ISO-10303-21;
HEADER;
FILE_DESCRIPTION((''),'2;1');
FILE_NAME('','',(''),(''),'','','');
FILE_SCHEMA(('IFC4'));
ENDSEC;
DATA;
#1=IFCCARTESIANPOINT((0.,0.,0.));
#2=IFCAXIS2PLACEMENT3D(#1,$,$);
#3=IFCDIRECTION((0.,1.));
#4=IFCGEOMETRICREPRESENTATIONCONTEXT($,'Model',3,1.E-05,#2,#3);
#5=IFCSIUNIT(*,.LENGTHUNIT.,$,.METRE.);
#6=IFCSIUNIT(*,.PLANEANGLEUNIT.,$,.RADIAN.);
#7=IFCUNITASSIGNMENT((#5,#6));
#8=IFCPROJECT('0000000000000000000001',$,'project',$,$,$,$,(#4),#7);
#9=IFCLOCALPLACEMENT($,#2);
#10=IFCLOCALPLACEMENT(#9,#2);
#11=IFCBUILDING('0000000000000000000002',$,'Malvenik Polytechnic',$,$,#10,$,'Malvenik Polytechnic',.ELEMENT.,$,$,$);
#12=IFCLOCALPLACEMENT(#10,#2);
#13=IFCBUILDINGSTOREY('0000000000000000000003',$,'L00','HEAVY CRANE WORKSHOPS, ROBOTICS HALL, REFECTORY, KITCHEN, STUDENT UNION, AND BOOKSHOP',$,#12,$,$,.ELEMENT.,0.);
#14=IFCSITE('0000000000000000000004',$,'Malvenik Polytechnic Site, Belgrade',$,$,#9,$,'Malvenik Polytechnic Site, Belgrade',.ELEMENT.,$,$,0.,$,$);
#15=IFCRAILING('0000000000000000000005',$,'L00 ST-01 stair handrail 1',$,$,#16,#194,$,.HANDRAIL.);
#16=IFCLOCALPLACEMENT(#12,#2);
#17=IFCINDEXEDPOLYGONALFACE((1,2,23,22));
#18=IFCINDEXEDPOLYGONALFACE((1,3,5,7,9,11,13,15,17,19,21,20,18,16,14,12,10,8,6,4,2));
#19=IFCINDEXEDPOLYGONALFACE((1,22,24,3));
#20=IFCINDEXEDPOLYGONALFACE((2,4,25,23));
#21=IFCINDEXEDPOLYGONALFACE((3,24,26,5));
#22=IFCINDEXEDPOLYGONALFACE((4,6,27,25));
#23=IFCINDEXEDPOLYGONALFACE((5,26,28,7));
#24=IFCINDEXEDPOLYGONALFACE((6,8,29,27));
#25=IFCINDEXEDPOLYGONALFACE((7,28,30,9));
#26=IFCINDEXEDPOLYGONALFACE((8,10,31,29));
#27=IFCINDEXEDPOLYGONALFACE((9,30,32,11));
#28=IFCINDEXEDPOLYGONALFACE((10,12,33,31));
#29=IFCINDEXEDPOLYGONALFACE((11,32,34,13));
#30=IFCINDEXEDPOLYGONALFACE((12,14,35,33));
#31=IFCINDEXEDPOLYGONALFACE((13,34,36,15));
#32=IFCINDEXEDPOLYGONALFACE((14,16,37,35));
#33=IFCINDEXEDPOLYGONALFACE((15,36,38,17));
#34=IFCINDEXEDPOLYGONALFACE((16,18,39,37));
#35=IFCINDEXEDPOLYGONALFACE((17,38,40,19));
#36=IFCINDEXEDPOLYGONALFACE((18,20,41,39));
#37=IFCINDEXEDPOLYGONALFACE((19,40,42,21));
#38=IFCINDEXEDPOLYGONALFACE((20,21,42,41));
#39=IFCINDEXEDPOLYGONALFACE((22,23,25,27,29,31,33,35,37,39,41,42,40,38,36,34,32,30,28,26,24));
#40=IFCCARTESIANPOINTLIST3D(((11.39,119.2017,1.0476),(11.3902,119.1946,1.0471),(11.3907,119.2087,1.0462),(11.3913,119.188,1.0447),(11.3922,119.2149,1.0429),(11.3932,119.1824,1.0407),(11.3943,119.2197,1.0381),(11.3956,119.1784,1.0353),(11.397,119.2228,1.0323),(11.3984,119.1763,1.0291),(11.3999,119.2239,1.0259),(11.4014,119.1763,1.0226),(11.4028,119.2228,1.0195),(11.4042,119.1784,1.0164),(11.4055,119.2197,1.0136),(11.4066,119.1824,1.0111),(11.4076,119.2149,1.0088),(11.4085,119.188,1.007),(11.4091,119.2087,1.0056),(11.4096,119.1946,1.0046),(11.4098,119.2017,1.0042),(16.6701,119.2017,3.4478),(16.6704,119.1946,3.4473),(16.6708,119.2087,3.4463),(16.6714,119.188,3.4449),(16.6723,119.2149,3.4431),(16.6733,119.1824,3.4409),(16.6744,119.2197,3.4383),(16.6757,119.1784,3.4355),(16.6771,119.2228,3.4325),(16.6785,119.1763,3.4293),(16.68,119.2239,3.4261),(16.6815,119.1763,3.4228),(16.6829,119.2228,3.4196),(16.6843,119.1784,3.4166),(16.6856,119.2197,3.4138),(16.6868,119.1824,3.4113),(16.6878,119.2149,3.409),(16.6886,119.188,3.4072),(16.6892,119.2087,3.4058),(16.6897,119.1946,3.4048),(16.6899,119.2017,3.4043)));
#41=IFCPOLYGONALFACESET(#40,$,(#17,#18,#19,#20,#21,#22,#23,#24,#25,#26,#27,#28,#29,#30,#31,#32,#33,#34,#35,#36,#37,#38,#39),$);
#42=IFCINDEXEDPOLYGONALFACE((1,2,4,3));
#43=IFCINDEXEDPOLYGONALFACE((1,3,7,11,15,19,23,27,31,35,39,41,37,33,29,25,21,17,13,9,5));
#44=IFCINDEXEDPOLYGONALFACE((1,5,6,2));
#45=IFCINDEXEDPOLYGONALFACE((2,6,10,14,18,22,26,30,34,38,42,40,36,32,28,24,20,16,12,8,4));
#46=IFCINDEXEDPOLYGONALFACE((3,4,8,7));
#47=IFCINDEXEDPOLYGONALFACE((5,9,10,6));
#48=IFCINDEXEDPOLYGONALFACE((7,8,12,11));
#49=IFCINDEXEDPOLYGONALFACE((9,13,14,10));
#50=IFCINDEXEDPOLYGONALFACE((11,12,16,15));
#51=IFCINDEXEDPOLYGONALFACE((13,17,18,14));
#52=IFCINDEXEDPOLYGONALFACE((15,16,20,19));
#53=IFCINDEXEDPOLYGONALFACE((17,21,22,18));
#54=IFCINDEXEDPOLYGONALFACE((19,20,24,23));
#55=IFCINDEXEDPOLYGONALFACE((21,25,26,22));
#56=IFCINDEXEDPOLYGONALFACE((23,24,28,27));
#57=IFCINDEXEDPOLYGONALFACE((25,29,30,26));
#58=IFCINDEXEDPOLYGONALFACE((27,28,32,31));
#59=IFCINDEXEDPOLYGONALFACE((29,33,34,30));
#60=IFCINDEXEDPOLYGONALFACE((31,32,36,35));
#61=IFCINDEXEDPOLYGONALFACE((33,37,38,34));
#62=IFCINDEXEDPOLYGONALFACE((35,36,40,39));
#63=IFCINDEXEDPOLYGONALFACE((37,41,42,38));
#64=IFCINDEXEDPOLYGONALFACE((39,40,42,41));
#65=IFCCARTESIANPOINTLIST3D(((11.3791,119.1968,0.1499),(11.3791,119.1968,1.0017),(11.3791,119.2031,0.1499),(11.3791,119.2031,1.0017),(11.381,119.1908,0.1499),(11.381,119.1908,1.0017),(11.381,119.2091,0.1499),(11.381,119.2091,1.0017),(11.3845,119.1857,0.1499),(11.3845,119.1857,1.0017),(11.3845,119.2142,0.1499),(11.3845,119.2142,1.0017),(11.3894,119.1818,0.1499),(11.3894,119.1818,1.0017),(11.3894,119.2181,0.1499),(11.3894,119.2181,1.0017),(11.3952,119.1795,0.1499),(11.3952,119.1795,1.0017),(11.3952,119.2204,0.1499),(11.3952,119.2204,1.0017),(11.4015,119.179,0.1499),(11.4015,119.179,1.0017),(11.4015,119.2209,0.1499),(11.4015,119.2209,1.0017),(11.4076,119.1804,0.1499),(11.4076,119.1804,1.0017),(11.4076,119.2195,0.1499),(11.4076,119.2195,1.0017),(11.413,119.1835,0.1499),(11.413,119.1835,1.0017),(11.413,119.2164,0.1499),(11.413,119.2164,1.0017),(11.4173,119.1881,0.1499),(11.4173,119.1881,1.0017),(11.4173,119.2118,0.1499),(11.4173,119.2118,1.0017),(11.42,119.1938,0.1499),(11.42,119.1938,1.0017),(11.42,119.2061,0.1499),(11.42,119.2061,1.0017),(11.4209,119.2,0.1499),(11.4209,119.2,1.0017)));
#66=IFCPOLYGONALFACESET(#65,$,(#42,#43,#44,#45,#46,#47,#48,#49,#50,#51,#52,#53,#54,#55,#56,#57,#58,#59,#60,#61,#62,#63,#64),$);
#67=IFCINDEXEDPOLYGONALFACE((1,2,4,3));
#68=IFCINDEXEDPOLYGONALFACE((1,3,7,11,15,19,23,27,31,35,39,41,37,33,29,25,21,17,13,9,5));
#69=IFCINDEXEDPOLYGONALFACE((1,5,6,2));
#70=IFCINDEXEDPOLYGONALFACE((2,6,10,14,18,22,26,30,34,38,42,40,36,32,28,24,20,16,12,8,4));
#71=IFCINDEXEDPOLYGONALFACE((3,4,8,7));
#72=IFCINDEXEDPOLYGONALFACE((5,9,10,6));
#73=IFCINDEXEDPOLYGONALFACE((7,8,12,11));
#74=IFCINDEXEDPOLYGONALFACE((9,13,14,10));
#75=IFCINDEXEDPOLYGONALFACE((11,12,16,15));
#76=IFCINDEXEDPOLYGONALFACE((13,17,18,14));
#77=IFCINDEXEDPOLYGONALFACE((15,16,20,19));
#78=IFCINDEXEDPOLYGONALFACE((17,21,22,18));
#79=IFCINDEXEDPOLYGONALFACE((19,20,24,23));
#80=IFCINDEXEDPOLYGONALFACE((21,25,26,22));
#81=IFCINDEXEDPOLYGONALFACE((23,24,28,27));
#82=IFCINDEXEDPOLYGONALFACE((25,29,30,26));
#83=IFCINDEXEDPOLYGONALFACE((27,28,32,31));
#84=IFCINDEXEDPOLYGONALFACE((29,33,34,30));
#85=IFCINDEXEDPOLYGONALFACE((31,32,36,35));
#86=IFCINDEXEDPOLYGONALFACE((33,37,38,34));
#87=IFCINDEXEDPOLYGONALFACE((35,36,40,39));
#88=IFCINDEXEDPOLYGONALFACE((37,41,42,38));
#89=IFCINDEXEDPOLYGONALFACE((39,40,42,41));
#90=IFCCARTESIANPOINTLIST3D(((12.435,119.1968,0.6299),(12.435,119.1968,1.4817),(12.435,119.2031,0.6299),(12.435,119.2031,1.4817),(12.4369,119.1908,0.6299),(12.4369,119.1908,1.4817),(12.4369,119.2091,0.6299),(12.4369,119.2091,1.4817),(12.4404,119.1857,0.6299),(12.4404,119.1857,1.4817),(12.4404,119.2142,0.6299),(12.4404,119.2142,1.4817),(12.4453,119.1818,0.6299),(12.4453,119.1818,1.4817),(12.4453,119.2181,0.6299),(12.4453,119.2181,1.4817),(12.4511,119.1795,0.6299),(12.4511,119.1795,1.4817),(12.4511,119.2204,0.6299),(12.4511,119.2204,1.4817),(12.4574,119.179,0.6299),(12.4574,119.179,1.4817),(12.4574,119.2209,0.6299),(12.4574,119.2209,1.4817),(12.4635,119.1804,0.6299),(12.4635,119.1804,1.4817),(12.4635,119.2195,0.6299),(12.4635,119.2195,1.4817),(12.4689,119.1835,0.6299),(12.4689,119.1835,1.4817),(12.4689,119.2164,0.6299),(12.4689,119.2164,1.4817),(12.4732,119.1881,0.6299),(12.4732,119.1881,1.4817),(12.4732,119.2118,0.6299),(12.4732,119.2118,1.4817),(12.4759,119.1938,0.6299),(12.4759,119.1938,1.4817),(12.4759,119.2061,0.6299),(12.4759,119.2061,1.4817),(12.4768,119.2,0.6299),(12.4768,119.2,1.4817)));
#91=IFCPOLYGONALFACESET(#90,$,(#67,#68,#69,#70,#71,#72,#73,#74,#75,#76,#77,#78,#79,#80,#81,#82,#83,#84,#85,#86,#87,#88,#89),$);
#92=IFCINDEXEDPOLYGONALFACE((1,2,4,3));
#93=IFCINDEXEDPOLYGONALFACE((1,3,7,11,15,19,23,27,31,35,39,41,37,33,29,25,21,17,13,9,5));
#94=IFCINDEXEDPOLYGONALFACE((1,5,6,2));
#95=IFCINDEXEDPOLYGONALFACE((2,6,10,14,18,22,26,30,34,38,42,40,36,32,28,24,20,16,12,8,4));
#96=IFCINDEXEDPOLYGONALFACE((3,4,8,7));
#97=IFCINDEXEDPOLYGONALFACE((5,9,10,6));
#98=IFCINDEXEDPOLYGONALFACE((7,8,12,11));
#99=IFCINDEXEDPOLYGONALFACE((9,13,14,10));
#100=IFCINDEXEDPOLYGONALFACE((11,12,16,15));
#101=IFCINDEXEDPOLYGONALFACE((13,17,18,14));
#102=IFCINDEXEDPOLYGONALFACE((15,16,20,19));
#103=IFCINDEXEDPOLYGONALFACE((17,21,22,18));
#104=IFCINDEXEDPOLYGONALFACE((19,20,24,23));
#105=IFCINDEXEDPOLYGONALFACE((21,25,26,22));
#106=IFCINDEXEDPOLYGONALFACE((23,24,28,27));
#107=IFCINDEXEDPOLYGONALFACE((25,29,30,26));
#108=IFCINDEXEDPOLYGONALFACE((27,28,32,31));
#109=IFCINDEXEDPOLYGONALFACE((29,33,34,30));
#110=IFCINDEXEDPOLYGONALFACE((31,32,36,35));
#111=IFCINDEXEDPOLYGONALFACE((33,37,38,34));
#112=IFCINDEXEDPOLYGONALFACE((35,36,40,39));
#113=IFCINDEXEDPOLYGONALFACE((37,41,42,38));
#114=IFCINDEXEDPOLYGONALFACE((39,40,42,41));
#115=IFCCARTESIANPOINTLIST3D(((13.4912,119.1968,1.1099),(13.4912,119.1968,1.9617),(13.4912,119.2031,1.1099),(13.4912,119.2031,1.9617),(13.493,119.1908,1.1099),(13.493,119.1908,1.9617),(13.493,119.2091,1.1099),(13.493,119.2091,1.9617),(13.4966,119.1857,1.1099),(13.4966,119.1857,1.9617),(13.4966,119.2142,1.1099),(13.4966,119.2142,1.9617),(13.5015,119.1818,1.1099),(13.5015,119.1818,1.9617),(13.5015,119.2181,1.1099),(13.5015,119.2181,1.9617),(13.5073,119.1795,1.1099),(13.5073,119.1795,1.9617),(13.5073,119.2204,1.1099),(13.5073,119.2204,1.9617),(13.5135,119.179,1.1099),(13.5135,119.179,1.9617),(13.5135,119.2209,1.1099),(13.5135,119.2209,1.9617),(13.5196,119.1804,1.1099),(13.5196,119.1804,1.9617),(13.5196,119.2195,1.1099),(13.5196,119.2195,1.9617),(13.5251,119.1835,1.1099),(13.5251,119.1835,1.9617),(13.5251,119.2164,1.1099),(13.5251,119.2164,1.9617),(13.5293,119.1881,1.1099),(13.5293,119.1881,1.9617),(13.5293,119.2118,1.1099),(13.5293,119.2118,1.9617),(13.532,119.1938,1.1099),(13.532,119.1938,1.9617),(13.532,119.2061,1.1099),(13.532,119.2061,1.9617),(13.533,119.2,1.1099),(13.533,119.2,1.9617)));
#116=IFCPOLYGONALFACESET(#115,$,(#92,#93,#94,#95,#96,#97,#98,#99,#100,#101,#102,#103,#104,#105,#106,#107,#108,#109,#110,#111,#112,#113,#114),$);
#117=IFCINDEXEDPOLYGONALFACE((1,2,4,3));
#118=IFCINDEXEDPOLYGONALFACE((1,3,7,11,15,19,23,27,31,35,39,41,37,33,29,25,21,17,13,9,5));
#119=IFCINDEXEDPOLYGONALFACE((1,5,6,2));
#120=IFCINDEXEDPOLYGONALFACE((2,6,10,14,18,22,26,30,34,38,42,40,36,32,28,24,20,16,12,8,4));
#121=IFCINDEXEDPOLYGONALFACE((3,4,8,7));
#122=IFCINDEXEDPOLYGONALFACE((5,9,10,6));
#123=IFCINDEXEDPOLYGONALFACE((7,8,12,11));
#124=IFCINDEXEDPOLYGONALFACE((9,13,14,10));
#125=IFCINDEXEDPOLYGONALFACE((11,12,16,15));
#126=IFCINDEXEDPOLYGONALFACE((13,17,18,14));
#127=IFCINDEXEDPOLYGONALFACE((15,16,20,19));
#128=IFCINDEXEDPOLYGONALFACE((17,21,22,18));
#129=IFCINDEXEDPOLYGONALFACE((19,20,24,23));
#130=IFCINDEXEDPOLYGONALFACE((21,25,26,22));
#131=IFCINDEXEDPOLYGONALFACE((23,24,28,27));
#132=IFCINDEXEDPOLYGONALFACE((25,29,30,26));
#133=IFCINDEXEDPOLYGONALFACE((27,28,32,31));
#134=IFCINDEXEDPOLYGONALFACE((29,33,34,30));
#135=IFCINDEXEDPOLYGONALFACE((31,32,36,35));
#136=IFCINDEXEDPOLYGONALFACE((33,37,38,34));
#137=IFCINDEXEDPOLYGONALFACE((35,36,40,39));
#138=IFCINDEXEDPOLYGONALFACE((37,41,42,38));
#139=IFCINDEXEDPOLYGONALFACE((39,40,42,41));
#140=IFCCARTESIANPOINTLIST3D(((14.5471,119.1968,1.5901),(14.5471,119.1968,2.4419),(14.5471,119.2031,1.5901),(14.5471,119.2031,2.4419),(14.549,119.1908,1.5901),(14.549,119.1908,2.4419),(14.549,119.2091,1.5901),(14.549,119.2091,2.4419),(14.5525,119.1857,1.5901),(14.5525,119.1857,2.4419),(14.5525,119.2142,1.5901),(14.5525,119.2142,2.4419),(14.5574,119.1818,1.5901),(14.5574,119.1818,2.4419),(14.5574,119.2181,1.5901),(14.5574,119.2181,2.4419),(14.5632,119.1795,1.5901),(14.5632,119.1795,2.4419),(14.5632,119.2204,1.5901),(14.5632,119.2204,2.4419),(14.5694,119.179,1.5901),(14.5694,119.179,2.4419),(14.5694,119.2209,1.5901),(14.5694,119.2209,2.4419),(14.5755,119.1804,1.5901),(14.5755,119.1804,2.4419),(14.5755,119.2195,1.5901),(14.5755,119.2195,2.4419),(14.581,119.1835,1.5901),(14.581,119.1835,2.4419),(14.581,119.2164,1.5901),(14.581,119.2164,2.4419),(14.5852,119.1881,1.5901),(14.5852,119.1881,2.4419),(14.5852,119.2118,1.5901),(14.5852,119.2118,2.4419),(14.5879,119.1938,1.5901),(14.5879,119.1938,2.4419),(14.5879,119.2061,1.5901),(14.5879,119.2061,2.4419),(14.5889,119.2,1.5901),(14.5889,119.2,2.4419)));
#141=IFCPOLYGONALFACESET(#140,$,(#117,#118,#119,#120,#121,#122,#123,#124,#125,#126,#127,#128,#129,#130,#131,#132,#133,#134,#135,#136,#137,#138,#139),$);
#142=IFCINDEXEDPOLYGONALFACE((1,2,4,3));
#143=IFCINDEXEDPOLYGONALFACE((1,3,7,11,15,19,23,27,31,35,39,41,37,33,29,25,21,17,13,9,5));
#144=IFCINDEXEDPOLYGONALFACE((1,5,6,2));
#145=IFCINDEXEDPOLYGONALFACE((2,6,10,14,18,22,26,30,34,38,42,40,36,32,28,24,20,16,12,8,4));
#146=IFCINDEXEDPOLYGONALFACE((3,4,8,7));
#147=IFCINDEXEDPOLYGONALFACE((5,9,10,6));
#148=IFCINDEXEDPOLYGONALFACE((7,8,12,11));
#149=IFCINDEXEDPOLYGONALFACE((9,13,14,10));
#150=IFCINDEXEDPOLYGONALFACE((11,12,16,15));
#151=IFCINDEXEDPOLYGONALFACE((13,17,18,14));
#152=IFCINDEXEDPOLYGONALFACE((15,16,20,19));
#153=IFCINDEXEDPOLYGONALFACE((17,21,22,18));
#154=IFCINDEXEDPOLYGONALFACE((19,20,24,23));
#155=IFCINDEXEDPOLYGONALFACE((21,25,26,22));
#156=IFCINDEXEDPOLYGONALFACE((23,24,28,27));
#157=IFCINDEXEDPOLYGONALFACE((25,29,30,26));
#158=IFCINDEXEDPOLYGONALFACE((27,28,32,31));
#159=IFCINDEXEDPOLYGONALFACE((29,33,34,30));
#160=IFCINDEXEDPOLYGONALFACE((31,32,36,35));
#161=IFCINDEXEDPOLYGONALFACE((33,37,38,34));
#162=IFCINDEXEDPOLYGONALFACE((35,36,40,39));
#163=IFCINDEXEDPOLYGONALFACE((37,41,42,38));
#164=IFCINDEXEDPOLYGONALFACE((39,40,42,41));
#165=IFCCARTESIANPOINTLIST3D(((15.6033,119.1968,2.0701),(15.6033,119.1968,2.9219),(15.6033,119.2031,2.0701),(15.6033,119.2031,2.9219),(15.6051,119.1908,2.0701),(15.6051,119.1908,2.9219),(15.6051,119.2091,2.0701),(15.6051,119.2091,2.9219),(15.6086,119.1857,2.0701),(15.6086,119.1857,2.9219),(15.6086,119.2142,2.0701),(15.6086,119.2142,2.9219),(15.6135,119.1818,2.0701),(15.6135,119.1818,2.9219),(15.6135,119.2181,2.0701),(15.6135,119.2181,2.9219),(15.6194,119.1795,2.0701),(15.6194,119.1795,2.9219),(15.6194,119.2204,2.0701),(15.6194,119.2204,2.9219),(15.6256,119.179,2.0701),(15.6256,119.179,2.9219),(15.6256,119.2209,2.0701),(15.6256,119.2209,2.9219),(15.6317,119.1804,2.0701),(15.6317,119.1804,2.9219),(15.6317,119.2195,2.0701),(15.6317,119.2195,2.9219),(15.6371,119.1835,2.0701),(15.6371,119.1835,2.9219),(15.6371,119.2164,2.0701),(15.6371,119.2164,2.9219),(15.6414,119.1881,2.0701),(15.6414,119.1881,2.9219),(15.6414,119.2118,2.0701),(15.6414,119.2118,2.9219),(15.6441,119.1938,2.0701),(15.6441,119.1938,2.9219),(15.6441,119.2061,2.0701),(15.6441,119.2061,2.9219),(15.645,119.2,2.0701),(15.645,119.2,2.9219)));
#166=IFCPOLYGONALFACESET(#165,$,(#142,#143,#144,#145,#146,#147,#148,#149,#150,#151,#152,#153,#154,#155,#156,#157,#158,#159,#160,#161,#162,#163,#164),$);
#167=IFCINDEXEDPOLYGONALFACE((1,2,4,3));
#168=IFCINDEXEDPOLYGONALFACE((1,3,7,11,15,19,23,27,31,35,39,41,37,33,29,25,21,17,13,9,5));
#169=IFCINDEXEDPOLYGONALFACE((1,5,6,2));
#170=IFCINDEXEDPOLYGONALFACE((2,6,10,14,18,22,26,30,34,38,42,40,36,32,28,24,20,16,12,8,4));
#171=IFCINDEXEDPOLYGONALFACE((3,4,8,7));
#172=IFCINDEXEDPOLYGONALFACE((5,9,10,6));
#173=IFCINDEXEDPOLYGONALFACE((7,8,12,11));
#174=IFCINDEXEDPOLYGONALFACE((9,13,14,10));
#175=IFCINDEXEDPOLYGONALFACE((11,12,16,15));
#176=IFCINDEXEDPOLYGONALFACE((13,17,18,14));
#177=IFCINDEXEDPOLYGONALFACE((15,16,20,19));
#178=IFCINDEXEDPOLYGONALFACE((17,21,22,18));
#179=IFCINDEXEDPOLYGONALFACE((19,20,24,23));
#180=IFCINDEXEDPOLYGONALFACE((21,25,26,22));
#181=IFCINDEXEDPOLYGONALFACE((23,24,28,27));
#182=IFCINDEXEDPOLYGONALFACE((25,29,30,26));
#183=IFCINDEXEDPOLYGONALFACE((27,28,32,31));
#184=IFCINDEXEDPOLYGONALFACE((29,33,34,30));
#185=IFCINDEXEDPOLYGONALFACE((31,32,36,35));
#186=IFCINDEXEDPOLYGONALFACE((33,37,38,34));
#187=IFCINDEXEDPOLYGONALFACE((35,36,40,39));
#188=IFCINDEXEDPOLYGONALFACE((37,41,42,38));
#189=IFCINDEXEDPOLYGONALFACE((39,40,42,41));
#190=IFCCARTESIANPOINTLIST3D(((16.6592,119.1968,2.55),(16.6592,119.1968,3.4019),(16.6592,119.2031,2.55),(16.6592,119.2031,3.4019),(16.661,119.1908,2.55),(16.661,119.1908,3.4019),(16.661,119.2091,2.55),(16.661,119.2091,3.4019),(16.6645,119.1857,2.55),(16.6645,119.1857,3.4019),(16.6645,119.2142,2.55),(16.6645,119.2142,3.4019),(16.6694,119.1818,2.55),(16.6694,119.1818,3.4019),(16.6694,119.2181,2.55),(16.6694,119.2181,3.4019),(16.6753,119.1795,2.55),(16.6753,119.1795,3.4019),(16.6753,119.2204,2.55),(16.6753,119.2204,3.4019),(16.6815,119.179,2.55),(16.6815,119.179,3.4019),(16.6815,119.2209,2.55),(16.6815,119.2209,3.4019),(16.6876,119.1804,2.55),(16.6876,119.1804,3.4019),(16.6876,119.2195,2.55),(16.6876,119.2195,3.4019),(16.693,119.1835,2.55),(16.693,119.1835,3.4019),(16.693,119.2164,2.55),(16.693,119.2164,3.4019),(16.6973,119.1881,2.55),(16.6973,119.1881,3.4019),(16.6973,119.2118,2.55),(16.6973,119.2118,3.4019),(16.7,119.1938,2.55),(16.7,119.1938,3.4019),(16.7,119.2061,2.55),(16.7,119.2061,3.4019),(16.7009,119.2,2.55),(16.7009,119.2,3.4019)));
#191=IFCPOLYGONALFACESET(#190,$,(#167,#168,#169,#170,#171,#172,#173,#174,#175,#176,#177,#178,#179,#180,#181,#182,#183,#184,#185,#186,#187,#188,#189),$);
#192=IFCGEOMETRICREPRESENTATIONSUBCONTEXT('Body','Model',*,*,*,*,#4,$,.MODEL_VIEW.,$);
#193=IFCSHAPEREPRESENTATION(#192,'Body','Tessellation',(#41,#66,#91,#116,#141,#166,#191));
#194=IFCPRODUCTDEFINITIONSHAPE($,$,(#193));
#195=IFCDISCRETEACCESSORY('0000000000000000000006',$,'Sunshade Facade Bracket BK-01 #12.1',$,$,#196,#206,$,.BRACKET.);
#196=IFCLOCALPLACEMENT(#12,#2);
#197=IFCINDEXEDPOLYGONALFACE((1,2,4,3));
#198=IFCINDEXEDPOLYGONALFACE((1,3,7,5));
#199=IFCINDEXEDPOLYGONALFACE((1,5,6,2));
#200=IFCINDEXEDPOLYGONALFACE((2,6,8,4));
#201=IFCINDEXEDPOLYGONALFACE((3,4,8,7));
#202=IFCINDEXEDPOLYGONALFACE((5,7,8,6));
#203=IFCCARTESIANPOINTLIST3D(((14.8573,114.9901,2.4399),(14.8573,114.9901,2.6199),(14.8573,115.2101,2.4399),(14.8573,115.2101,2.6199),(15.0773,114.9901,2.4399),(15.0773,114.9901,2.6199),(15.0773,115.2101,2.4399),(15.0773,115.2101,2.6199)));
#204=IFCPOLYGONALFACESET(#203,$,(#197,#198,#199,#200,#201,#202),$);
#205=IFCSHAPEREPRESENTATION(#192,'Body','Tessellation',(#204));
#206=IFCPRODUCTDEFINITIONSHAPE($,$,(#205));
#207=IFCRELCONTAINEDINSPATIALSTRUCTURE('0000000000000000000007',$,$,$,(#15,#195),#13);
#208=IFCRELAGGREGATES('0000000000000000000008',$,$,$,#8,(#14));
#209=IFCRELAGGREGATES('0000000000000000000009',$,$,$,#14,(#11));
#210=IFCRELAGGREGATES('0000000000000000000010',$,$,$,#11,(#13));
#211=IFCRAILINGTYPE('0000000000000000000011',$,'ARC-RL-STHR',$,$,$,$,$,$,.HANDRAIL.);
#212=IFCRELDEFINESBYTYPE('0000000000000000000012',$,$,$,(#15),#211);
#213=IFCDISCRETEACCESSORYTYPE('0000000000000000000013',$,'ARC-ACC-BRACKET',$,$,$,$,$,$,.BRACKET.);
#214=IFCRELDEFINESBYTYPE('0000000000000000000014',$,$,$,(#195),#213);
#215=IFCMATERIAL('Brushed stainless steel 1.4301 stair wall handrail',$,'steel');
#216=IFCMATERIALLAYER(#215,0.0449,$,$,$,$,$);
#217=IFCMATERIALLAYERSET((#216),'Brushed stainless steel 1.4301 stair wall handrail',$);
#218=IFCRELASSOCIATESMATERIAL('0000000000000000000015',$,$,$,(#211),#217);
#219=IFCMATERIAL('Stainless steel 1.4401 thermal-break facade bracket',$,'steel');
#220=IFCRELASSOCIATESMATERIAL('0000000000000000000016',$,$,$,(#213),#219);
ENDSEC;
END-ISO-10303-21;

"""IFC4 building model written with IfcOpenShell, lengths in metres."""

from ifc_helpers import new_model, si_unit, direction, frame, origin, origin_2d, place, context, subcontext, project, spatial, rectangle, circle, extrude, material, layer, layer_set, type_object, element, save


model = new_model("IFC4")

# Units and contexts
model_context = context("Model", 3, precision=1e-05, world=origin(), true_north=direction((0.0, 1.0)))
body_context = subcontext(model_context, "Body", "Model", "MODEL_VIEW")
ifc_project = project(units=[si_unit("LENGTHUNIT", "METRE"), si_unit("PLANEANGLEUNIT", "RADIAN")], contexts=[model_context])

# Site, building, storey
site_placement = place(None, origin())
site = spatial("IfcSite", under=ifc_project, at=site_placement, Name="Malvenik Polytechnic Site, Belgrade", LongName="Malvenik Polytechnic Site, Belgrade", CompositionType="ELEMENT", RefElevation=0.0)
building_placement = place(site_placement, origin())
building = spatial("IfcBuilding", under=site, at=building_placement, Name="Malvenik Polytechnic", LongName="Malvenik Polytechnic", CompositionType="ELEMENT")
storey_placement = place(building_placement, origin())
storey = spatial("IfcBuildingStorey", under=building, at=storey_placement, Name="L00", Description="HEAVY CRANE WORKSHOPS, ROBOTICS HALL, REFECTORY, KITCHEN, STUDENT UNION, AND BOOKSHOP", CompositionType="ELEMENT", Elevation=0.0)

# Railing
ifc_material_1 = material(Name="Brushed stainless steel 1.4301 stair wall handrail", Category="steel")
ifc_layer_1 = layer(ifc_material_1, 0.0449)
ifc_layer_set_1 = layer_set([ifc_layer_1], Name="Brushed stainless steel 1.4301 stair wall handrail")
railing_type = type_object("IfcRailingType", Name="ARC-RL-STHR", PredefinedType="HANDRAIL", material=ifc_layer_set_1)
railing_placement = place(storey_placement, frame((11.3999, 119.2, 0.1499)))
element("IfcRailing", 1, at=railing_placement, inside=storey, type_object=railing_type, Name="L00 ST-01 stair handrail 1", PredefinedType="HANDRAIL", context=body_context, shape_type="SweptSolid", body=[
    extrude(circle(Radius=0.0239, at=origin_2d()), frame((0.0, 0.0, 0.876), z_axis=(0.910358, 0.0, 0.413822), x_axis=(0.0, 1.0, 0.0)), (0.0, 0.0, 1.0), 5.8),
    extrude(circle(Radius=0.021, at=origin_2d()), origin(), (0.0, 0.0, 1.0), 0.8518),
    extrude(circle(Radius=0.021, at=origin_2d()), frame((1.0559, 0.0, 0.48)), (0.0, 0.0, 1.0), 0.8518),
    extrude(circle(Radius=0.021, at=origin_2d()), frame((2.1121, 0.0, 0.96)), (0.0, 0.0, 1.0), 0.8518),
    extrude(circle(Radius=0.021, at=origin_2d()), frame((3.168, 0.0, 1.4402)), (0.0, 0.0, 1.0), 0.8518),
    extrude(circle(Radius=0.021, at=origin_2d()), frame((4.2241, 0.0, 1.9202)), (0.0, 0.0, 1.0), 0.8518),
    extrude(circle(Radius=0.021, at=origin_2d()), frame((5.28, 0.0, 2.4001)), (0.0, 0.0, 1.0), 0.8518),
])

# Discrete accessory
ifc_material_2 = material(Name="Stainless steel 1.4401 thermal-break facade bracket", Category="steel")
discrete_accessory_type = type_object("IfcDiscreteAccessoryType", Name="ARC-ACC-BRACKET", PredefinedType="BRACKET", material=ifc_material_2)
discrete_accessory_placement = place(storey_placement, frame((14.9673, 115.1001, 2.4399), z_axis=(0.0, 0.0, 1.0), x_axis=(1.0, 0.0, 0.0)))
element("IfcDiscreteAccessory", 2, at=discrete_accessory_placement, inside=storey, type_object=discrete_accessory_type, Name="Sunshade Facade Bracket BK-01 #12.1", PredefinedType="BRACKET", context=body_context, shape_type="SweptSolid", body=[
    extrude(rectangle(XDim=0.22, YDim=0.22, at=origin_2d()), origin(), (0.0, 0.0, 1.0), 0.1799),
])

save(model, "model.ifc")
